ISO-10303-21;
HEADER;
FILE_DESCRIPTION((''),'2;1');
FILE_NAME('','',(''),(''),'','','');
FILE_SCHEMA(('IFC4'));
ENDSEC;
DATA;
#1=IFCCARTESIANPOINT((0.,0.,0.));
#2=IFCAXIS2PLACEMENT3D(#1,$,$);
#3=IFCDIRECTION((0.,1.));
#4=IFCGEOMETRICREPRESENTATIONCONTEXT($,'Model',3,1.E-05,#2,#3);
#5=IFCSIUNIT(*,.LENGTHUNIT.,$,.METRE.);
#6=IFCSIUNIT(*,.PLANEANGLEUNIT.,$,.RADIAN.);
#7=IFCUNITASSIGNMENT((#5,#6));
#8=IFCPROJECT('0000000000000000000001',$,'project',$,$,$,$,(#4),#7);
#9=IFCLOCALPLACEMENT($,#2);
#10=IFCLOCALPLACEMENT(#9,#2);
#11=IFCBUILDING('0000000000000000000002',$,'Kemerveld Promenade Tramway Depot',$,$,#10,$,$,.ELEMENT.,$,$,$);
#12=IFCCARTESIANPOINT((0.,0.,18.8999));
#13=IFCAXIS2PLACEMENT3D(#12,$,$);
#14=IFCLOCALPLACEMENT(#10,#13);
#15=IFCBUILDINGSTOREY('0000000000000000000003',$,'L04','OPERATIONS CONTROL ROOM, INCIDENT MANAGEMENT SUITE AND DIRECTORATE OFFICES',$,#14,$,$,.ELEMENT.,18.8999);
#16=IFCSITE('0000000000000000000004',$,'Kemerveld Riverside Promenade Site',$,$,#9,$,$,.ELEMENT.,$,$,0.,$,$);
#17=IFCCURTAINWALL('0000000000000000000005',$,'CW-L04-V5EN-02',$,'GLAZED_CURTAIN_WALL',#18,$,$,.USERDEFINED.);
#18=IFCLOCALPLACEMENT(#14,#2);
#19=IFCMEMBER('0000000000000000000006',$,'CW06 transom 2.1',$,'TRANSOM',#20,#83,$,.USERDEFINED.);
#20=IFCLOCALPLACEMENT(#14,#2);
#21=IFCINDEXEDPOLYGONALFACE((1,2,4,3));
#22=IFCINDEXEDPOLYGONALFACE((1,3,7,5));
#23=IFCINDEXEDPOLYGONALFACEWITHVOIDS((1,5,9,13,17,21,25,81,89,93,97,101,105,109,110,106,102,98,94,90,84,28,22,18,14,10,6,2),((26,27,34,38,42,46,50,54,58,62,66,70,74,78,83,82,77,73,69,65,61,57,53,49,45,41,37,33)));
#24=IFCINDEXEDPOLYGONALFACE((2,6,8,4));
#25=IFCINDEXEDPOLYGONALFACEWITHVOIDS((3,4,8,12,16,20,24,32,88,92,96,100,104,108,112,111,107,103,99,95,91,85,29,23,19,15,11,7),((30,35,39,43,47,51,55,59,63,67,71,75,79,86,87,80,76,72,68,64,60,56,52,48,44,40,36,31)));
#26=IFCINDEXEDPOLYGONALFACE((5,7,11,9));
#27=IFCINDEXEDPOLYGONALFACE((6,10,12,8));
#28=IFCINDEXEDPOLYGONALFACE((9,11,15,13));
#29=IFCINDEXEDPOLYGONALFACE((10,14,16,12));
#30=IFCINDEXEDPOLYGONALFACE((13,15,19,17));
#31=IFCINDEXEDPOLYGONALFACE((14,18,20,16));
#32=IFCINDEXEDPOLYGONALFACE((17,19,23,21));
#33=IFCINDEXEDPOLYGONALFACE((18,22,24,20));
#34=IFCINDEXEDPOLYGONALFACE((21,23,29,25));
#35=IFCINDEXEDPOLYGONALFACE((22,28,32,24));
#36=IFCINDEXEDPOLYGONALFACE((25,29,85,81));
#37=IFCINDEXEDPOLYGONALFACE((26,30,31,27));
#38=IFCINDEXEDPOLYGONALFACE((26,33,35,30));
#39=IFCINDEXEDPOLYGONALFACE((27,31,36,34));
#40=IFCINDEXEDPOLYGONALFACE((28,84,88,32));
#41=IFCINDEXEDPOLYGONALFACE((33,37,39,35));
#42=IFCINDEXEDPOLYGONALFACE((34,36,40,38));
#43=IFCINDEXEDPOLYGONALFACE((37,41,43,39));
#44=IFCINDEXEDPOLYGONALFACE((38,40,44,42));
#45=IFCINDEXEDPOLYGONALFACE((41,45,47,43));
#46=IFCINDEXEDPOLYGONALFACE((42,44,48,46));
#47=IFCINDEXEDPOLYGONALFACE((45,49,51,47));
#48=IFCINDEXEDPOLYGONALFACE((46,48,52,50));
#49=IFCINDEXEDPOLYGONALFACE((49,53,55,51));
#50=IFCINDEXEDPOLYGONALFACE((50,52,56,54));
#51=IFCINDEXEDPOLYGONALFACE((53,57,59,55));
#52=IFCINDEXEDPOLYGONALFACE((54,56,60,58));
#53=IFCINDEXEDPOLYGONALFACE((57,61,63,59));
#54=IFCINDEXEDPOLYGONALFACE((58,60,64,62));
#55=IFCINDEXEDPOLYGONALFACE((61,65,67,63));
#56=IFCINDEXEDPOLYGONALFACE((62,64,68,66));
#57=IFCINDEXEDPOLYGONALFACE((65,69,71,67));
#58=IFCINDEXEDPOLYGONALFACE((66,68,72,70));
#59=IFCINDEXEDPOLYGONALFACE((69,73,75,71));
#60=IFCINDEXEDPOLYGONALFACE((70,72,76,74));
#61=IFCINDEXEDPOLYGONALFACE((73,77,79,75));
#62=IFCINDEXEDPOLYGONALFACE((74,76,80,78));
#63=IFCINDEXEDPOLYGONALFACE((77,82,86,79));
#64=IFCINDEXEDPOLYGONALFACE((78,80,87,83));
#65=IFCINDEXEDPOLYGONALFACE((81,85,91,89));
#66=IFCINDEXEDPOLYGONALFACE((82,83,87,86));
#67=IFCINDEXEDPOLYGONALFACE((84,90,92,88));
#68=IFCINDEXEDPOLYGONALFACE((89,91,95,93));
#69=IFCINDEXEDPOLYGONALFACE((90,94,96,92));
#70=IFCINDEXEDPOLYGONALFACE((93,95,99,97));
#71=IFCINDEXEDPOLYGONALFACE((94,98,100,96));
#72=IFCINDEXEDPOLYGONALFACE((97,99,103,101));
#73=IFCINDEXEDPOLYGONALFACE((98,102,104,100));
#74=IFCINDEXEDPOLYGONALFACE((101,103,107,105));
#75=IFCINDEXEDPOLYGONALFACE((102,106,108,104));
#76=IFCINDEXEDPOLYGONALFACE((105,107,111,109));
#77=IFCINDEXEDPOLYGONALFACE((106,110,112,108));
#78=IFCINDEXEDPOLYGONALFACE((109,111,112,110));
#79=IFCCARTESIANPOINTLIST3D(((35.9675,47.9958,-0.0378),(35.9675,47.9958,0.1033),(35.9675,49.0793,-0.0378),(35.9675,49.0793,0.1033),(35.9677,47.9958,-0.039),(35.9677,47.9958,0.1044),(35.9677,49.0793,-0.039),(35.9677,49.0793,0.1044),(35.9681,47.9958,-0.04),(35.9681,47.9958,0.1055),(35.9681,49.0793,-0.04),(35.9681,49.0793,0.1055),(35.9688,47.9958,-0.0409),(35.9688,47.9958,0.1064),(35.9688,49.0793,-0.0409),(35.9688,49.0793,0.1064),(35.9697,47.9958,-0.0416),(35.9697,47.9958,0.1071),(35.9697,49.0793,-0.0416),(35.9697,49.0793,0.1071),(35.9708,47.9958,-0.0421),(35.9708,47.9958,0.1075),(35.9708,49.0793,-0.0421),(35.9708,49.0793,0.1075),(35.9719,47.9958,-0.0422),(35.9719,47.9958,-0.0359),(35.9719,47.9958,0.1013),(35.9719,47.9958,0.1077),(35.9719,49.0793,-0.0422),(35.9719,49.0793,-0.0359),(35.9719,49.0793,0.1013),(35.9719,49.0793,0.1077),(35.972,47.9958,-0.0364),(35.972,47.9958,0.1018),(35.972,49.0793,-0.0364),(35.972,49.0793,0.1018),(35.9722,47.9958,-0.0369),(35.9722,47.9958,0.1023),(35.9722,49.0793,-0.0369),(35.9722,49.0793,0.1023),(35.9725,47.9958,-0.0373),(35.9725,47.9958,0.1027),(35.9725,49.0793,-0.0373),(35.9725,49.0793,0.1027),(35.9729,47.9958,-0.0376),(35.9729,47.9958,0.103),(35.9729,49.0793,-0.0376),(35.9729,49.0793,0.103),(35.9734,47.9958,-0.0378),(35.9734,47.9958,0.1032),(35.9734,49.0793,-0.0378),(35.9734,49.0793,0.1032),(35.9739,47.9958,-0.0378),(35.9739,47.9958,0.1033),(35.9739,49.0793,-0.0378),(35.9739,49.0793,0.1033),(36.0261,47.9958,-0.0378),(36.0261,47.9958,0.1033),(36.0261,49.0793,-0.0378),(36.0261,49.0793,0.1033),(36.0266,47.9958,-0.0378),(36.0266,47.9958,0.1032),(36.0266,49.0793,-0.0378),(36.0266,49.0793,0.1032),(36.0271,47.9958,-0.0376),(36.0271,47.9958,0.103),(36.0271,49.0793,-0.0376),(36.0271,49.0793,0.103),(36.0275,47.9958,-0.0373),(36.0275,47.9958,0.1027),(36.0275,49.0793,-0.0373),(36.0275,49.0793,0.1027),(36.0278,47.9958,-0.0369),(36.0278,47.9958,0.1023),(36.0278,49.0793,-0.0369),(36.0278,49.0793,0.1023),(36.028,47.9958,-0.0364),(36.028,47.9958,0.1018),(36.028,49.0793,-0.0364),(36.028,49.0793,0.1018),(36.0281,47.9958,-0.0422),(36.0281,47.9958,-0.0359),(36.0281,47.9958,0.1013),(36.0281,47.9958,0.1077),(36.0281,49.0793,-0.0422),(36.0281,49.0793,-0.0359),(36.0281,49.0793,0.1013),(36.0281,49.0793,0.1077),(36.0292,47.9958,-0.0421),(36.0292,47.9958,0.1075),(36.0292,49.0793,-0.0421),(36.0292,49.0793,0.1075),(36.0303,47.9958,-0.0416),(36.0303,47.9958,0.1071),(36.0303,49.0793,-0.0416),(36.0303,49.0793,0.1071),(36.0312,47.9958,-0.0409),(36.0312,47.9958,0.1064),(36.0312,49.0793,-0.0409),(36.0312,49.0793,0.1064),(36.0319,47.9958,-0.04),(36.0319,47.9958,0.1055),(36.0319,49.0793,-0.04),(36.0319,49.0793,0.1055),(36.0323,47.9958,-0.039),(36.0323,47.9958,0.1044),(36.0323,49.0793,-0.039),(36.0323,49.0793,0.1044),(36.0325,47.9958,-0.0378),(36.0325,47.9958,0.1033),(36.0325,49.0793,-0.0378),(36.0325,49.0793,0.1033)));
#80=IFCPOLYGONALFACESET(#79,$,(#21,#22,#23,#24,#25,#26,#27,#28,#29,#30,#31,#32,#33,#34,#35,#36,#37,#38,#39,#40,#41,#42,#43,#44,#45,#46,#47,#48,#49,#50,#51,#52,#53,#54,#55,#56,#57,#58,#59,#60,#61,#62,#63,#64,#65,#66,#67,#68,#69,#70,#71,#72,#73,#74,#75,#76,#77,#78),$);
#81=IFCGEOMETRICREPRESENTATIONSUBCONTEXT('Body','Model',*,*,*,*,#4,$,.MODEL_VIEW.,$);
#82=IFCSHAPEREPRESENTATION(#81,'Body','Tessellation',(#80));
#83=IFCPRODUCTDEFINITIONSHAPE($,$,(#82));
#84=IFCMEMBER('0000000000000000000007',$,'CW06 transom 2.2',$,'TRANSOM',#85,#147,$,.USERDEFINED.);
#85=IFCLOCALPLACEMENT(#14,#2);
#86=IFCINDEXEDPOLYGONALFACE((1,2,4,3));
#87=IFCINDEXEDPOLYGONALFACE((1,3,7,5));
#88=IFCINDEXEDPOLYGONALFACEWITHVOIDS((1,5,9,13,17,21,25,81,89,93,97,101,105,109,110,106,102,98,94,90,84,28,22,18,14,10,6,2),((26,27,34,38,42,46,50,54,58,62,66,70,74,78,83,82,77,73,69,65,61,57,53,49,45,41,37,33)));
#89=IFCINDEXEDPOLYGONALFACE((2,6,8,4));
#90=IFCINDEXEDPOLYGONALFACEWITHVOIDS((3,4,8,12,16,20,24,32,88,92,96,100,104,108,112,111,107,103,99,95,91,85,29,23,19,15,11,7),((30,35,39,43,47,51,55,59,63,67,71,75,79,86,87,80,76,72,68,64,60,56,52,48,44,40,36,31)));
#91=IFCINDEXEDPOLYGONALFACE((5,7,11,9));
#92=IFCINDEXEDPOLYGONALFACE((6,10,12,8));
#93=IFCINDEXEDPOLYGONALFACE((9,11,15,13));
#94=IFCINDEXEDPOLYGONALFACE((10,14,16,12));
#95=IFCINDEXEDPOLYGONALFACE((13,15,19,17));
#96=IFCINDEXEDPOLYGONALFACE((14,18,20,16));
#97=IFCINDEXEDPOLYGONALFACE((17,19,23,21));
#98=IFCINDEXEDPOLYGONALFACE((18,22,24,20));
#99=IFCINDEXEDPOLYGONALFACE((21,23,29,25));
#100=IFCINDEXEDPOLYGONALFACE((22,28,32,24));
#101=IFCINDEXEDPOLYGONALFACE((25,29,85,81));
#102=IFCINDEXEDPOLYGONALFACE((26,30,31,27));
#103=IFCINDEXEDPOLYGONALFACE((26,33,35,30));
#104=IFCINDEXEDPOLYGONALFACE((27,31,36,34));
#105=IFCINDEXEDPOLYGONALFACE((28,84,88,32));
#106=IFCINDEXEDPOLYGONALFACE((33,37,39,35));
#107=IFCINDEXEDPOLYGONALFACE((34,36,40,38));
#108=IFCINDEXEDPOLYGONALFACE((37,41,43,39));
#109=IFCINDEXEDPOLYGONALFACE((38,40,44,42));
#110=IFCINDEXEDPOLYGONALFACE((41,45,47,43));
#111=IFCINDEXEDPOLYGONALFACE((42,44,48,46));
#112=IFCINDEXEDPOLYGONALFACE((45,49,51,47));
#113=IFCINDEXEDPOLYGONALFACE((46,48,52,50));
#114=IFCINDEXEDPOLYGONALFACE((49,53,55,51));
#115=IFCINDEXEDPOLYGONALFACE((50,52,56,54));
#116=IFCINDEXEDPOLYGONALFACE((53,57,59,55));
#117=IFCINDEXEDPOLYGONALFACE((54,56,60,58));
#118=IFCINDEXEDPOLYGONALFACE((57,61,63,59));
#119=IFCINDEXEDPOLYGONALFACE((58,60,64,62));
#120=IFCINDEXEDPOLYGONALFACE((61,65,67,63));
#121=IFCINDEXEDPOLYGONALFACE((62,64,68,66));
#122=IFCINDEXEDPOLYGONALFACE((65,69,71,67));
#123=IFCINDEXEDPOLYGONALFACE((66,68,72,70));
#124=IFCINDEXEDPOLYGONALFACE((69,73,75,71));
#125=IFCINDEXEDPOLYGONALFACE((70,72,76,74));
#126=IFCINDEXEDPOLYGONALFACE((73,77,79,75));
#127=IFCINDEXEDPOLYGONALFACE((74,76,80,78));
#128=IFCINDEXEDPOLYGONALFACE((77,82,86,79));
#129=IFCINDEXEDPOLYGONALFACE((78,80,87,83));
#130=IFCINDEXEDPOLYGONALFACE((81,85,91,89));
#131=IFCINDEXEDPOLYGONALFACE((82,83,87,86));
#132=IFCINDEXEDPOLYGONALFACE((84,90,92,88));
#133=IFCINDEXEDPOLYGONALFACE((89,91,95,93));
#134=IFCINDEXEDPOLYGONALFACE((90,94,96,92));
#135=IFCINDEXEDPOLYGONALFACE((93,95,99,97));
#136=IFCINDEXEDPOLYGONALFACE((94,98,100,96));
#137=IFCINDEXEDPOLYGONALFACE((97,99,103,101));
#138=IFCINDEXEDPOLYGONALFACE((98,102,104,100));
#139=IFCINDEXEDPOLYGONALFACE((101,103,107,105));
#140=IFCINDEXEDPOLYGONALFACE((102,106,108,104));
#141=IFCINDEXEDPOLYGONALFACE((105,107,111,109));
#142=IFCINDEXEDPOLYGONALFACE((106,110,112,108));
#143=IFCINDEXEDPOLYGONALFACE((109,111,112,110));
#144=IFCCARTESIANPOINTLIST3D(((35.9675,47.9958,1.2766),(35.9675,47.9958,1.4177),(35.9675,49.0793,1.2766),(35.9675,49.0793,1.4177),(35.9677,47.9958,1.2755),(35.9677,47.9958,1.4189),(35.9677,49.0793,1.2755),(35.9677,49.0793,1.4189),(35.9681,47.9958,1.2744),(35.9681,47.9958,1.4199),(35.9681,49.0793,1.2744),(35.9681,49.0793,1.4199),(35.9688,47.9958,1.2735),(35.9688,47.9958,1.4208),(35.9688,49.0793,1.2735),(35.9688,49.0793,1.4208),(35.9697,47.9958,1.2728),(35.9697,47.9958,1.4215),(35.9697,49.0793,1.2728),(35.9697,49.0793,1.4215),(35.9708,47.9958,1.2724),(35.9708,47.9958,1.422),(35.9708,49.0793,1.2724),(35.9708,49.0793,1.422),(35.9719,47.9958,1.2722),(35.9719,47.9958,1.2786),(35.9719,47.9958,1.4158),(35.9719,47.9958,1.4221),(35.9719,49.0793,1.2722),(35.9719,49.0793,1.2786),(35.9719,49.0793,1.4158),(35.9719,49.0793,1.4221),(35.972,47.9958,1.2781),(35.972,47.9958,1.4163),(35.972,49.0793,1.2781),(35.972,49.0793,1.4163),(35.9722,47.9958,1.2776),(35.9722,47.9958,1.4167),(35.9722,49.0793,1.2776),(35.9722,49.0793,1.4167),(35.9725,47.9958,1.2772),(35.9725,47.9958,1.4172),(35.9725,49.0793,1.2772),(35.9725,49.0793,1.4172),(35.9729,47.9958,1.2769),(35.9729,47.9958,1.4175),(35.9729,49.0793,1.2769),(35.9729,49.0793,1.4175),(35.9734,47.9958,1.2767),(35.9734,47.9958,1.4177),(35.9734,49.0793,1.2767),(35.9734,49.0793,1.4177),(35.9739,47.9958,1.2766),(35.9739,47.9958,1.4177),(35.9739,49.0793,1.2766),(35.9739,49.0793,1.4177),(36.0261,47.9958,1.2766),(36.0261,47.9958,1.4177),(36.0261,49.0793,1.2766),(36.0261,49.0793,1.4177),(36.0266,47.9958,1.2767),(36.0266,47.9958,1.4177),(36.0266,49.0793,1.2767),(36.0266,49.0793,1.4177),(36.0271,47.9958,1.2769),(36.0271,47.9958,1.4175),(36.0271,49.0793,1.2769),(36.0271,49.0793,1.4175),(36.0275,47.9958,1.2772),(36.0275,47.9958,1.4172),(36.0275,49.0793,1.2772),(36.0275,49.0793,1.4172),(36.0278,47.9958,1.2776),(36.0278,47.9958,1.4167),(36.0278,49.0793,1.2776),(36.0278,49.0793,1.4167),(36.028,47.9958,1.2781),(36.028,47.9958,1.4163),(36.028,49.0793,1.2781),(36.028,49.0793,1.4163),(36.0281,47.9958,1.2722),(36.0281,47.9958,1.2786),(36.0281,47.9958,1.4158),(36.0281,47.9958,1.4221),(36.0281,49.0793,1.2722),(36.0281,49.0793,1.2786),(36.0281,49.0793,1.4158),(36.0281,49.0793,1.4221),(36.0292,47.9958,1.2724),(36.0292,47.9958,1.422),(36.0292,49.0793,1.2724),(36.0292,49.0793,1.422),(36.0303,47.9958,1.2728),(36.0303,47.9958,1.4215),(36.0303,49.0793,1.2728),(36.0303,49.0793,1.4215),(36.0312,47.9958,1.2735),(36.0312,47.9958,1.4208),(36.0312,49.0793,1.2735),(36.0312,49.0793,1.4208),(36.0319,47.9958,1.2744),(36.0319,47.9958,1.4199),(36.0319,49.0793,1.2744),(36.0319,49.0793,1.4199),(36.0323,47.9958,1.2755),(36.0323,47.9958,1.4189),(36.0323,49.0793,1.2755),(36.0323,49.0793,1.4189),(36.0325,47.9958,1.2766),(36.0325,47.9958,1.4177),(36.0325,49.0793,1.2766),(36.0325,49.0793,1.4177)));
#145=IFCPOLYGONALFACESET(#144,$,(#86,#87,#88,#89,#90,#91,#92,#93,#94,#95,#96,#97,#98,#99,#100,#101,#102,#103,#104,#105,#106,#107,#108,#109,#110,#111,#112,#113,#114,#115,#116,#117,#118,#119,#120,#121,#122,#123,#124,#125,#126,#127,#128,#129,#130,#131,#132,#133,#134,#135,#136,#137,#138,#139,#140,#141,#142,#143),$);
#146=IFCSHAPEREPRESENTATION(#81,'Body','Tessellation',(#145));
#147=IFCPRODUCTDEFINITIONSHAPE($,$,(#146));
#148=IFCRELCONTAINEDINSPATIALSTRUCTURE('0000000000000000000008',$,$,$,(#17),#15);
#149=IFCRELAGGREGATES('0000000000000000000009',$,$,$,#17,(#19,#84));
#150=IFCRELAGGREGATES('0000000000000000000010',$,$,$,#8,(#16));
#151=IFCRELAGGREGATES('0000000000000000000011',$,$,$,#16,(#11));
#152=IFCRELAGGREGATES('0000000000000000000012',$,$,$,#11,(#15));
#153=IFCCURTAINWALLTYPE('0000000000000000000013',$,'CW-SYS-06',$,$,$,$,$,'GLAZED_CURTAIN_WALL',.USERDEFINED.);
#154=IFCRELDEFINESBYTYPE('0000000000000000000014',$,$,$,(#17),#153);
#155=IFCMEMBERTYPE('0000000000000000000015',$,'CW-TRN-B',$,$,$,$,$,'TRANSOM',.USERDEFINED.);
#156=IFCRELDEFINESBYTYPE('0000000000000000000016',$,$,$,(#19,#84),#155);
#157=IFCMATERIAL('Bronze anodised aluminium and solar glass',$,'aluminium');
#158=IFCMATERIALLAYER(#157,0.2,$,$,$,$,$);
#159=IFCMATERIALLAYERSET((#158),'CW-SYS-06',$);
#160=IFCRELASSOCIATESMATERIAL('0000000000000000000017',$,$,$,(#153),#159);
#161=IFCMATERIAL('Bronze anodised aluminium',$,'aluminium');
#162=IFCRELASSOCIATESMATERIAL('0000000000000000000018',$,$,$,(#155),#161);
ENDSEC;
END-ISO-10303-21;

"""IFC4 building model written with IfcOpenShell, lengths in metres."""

from ifc_helpers import new_model, si_unit, direction, frame, origin, origin_2d, place, context, subcontext, project, spatial, hollow_rectangle, extrude, material, layer, layer_set, material_profile, profile_set, type_object, element, aggregate, save


model = new_model("IFC4")

# Units and contexts
model_context = context("Model", 3, precision=1e-05, world=origin(), true_north=direction((0.0, 1.0)))
body_context = subcontext(model_context, "Body", "Model", "MODEL_VIEW")
ifc_project = project(units=[si_unit("LENGTHUNIT", "METRE"), si_unit("PLANEANGLEUNIT", "RADIAN")], contexts=[model_context])

# Site, building, storey
site_placement = place(None, origin())
site = spatial("IfcSite", under=ifc_project, at=site_placement, Name="Kemerveld Riverside Promenade Site", CompositionType="ELEMENT", RefElevation=0.0)
building_placement = place(site_placement, origin())
building = spatial("IfcBuilding", under=site, at=building_placement, Name="Kemerveld Promenade Tramway Depot", CompositionType="ELEMENT")
storey_placement = place(building_placement, frame((0.0, 0.0, 18.8999)))
storey = spatial("IfcBuildingStorey", under=building, at=storey_placement, Name="L04", Description="OPERATIONS CONTROL ROOM, INCIDENT MANAGEMENT SUITE AND DIRECTORATE OFFICES", CompositionType="ELEMENT", Elevation=18.8999)

# Shared definitions
ifc_material_1 = material(Name="Bronze anodised aluminium and solar glass", Category="aluminium")
ifc_material_2 = material(Name="Bronze anodised aluminium", Category="aluminium")

# Curtain wall, members
ifc_layer_1 = layer(ifc_material_1, 0.2)
ifc_layer_set_1 = layer_set([ifc_layer_1], Name="CW-SYS-06")
curtain_wall_type_1 = type_object("IfcCurtainWallType", Name="CW-SYS-06", ElementType="GLAZED_CURTAIN_WALL", PredefinedType="USERDEFINED", material=ifc_layer_set_1)
curtain_wall_1_placement = place(storey_placement, origin())
curtain_wall_1 = element("IfcCurtainWall", 1, at=curtain_wall_1_placement, inside=storey, type_object=curtain_wall_type_1, Name="CW-L04-V5EN-02", ObjectType="GLAZED_CURTAIN_WALL", PredefinedType="USERDEFINED")
ifc_material_profile_1 = material_profile(ifc_material_2, hollow_rectangle(XDim=0.0649, YDim=0.1499, WallThickness=0.0044, InnerFilletRadius=0.002, OuterFilletRadius=0.0044, at=origin_2d()), Name="CW-TRN-150x65")
ifc_profile_set_1 = profile_set([ifc_material_profile_1], Name="Bronze anodised aluminium")
member_type_1 = type_object("IfcMemberType", Name="CW-TRN-B", ElementType="TRANSOM", PredefinedType="USERDEFINED", material=ifc_profile_set_1)
member_1_placement = place(storey_placement, frame((36.0, 49.0793, 0.0327), z_axis=(0.0, -1.0, 0.0), x_axis=(1.0, 0.0, 0.0)))
member_1 = element("IfcMember", 2, at=member_1_placement, type_object=member_type_1, Name="CW06 transom 2.1", ObjectType="TRANSOM", PredefinedType="USERDEFINED", context=body_context, shape_type="SweptSolid", body=[
    extrude(hollow_rectangle(XDim=0.0649, YDim=0.1499, WallThickness=0.0044, InnerFilletRadius=0.002, OuterFilletRadius=0.0044, at=origin_2d()), origin(), (0.0, 0.0, 1.0), 1.0835),
])
member_2_placement = place(storey_placement, frame((36.0, 49.0793, 1.3472), z_axis=(0.0, -1.0, 0.0), x_axis=(1.0, 0.0, 0.0)))
member_2 = element("IfcMember", 3, at=member_2_placement, type_object=member_type_1, Name="CW06 transom 2.2", ObjectType="TRANSOM", PredefinedType="USERDEFINED", context=body_context, shape_type="SweptSolid", body=[
    extrude(hollow_rectangle(XDim=0.0649, YDim=0.1499, WallThickness=0.0044, InnerFilletRadius=0.002, OuterFilletRadius=0.0044, at=origin_2d()), origin(), (0.0, 0.0, 1.0), 1.0835),
])

aggregate(curtain_wall_1, [member_1, member_2])

save(model, "model.ifc")
